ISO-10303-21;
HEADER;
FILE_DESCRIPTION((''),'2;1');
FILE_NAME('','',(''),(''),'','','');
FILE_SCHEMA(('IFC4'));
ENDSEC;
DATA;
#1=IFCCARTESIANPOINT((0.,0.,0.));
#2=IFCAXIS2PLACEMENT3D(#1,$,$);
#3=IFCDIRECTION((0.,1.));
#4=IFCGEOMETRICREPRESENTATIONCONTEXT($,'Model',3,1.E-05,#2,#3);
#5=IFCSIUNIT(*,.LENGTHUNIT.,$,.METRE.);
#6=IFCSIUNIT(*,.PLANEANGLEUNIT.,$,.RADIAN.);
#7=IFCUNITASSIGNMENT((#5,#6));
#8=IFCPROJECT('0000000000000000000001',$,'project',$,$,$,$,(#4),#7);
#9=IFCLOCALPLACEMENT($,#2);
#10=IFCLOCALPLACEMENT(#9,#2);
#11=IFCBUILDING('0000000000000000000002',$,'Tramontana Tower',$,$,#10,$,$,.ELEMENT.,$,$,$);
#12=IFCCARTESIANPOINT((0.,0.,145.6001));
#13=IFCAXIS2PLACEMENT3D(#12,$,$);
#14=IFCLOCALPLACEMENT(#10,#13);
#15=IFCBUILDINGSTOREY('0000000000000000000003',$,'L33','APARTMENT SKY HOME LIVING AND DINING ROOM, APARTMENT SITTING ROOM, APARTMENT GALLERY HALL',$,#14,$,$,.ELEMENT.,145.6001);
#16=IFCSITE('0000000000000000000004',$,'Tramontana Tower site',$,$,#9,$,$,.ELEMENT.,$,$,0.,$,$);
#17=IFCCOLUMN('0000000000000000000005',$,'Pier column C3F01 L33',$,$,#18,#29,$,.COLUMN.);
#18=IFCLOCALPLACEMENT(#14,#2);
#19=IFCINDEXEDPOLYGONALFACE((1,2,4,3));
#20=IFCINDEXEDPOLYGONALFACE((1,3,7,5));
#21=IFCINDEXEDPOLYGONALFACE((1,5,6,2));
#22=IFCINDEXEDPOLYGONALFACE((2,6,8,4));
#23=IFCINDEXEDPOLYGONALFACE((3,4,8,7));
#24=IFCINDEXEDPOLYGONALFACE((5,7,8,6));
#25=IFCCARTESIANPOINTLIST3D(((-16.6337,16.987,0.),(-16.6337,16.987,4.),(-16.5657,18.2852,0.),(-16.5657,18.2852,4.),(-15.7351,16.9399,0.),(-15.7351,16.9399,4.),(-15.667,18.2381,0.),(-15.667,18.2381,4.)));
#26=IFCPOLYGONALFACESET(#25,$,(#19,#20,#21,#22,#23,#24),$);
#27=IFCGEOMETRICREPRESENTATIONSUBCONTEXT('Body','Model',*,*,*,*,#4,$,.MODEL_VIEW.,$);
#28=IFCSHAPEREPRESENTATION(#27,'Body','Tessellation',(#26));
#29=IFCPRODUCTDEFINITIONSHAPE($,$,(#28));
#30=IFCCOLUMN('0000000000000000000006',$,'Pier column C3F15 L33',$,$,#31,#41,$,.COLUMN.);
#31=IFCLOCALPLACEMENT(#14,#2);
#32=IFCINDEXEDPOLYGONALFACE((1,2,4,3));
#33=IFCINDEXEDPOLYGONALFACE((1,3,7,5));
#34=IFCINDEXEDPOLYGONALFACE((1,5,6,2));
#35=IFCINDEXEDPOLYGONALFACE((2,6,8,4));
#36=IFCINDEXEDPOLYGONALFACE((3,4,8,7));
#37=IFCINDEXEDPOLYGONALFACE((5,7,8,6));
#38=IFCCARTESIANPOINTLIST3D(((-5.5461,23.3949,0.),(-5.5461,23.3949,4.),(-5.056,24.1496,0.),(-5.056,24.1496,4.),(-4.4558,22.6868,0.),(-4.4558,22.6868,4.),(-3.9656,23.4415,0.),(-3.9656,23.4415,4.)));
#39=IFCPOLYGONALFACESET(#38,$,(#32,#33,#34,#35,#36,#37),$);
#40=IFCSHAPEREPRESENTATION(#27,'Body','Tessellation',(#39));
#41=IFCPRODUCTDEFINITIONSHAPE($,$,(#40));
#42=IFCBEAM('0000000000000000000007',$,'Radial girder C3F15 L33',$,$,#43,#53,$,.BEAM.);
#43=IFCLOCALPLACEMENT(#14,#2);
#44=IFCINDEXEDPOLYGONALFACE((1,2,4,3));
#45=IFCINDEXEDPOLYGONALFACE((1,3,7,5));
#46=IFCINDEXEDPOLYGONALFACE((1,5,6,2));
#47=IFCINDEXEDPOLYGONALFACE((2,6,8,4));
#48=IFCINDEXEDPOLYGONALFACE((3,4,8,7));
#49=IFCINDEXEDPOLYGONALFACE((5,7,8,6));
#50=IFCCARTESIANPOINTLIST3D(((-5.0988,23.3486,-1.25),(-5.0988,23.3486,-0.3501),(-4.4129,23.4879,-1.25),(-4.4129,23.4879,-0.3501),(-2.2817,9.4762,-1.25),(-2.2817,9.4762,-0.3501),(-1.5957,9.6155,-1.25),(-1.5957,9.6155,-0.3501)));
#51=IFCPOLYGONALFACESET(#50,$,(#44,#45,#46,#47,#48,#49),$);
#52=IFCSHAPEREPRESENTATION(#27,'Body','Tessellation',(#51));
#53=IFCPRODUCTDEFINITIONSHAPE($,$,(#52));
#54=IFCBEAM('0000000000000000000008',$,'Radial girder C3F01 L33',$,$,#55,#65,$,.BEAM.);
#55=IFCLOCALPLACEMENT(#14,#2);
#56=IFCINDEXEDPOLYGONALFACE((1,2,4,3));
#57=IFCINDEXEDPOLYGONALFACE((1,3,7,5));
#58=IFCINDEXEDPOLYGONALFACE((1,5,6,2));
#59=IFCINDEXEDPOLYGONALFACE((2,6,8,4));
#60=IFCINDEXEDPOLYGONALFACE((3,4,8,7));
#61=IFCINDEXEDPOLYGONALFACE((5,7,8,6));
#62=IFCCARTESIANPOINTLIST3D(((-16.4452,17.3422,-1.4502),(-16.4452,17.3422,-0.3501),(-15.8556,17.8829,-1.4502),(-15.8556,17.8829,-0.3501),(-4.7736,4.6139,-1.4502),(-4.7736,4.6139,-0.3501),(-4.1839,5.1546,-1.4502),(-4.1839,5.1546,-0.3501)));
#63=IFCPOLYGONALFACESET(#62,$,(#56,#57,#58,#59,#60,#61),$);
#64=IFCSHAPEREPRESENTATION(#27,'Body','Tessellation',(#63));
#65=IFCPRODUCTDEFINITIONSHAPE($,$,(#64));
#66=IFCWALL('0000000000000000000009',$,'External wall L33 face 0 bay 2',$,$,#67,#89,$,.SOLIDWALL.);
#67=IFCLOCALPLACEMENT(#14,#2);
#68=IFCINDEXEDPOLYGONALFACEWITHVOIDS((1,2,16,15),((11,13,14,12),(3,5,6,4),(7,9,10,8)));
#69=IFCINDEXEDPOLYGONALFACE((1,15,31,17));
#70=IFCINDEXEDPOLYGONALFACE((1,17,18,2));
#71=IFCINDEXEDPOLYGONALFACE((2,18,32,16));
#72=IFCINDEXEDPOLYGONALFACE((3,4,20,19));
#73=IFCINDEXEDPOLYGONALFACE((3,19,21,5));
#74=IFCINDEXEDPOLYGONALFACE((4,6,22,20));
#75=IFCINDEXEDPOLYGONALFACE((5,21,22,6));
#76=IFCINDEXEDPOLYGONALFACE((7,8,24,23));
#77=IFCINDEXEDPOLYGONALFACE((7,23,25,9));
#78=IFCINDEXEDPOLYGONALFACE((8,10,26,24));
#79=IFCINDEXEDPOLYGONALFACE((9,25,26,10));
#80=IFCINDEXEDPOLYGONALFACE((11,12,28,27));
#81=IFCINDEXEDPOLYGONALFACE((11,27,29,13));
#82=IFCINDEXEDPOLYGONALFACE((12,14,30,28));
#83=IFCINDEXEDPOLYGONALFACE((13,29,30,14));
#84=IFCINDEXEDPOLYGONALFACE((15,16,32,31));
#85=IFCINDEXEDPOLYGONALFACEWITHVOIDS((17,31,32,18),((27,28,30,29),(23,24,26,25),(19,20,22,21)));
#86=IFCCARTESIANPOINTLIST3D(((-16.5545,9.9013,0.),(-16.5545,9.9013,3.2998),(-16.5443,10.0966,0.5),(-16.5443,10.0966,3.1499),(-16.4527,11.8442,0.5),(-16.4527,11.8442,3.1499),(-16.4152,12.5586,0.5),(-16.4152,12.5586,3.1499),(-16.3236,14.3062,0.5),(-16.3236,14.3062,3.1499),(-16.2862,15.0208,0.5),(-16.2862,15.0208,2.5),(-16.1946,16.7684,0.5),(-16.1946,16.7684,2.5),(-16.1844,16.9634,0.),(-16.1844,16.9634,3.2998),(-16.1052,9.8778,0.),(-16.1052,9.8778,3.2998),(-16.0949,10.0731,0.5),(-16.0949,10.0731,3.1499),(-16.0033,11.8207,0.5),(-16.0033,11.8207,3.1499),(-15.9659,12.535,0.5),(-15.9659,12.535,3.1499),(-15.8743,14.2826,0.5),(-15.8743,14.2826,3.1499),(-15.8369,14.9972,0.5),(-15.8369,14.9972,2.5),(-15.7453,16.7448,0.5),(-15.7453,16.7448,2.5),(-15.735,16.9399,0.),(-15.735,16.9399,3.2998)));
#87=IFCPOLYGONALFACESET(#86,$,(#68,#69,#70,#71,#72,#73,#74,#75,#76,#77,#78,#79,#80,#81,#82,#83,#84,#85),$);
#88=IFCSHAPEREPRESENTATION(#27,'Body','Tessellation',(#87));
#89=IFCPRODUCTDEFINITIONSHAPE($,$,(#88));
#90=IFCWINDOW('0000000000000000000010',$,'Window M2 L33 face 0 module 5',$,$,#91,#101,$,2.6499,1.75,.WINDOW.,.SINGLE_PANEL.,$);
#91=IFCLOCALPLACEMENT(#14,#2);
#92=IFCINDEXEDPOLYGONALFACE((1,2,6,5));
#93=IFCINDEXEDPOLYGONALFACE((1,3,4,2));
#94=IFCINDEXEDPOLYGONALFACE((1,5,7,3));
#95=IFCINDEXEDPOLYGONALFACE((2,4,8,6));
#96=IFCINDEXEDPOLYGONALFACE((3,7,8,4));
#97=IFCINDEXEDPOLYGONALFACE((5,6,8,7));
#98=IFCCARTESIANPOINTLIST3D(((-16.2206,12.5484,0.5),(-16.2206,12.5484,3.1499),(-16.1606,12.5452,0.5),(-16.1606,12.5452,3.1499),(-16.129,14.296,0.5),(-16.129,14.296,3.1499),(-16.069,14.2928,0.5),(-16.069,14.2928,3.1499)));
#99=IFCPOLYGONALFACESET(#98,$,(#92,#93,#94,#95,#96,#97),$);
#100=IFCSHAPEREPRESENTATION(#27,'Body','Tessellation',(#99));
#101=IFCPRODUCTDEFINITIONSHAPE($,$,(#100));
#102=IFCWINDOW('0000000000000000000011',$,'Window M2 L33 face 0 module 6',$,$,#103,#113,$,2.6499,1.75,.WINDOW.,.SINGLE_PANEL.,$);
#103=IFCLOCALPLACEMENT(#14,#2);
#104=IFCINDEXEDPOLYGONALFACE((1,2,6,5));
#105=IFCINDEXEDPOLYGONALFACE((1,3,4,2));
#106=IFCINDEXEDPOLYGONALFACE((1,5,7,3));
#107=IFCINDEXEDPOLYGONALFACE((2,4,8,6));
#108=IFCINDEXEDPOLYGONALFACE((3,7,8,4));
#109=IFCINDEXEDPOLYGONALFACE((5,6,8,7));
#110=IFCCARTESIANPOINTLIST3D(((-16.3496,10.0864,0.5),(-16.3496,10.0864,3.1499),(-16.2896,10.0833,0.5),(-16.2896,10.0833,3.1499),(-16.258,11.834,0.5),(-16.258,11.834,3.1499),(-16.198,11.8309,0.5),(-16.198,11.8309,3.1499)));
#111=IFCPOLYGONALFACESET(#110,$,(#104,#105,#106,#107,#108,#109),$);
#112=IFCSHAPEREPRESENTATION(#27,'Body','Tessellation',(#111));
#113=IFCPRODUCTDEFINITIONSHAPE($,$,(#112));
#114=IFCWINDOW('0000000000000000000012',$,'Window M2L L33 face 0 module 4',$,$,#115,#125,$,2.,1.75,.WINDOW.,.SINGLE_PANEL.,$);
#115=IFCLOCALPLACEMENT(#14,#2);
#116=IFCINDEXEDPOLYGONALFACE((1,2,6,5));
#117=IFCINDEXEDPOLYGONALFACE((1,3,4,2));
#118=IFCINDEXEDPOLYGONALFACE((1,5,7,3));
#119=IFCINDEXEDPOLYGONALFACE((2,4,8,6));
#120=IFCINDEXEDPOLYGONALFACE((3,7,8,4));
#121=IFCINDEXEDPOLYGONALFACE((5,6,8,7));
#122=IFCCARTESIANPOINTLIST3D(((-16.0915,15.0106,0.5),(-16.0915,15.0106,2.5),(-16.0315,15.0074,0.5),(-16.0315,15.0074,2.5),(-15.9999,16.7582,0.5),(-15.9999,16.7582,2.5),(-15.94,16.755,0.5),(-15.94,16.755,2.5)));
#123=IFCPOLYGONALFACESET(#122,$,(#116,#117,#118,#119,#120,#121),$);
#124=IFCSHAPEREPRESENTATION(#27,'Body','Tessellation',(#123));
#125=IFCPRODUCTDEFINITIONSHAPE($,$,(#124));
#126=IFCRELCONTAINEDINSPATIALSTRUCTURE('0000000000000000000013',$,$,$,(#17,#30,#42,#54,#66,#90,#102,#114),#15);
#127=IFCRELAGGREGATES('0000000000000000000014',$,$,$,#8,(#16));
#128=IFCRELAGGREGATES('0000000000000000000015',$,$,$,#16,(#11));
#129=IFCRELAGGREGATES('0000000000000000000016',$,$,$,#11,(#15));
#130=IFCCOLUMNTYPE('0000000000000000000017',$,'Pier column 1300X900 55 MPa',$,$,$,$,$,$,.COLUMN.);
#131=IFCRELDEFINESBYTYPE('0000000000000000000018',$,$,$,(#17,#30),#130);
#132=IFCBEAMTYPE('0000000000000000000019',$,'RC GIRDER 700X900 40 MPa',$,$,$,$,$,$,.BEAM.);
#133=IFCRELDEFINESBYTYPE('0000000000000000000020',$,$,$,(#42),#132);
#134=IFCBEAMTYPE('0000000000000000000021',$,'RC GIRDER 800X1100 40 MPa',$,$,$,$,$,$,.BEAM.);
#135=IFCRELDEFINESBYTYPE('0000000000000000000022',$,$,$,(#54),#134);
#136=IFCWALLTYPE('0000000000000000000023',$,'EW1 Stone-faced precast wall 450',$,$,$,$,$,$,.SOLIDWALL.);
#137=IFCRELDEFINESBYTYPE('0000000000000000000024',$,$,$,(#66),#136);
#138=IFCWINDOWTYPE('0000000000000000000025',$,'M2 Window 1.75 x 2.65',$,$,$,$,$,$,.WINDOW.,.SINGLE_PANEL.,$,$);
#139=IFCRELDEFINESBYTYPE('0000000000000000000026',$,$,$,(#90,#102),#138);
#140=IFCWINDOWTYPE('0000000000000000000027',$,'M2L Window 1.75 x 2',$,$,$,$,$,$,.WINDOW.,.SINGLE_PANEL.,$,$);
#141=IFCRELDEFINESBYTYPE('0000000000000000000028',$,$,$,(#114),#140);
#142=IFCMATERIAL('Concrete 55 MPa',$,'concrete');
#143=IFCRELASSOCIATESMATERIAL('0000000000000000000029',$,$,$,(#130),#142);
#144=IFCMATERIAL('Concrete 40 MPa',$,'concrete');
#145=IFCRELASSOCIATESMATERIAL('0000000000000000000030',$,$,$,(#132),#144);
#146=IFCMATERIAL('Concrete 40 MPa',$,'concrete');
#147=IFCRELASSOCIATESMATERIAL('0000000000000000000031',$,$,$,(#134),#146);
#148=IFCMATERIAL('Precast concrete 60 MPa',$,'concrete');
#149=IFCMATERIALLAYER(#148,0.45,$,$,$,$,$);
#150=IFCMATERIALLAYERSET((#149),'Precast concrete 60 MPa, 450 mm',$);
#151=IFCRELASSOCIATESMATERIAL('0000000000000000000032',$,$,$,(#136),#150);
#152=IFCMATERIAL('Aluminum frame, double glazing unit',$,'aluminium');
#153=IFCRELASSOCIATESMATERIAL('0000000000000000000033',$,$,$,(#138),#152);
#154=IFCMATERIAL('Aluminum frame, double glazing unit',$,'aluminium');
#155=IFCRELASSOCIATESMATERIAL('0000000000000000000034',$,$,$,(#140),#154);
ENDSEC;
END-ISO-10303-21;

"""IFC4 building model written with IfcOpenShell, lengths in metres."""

from ifc_helpers import new_model, si_unit, direction, frame, frame_2d, origin, origin_2d, place, context, subcontext, project, spatial, rectangle, extrude, material, layer, layer_set, material_profile, profile_set, type_object, element, fill, save


model = new_model("IFC4")

# Units and contexts
model_context = context("Model", 3, precision=1e-05, world=origin(), true_north=direction((0.0, 1.0)))
body_context = subcontext(model_context, "Body", "Model", "MODEL_VIEW")
ifc_project = project(units=[si_unit("LENGTHUNIT", "METRE"), si_unit("PLANEANGLEUNIT", "RADIAN")], contexts=[model_context])

# Site, building, storey
site_placement = place(None, origin())
site = spatial("IfcSite", under=ifc_project, at=site_placement, Name="Tramontana Tower site", CompositionType="ELEMENT", RefElevation=0.0)
building_placement = place(site_placement, origin())
building = spatial("IfcBuilding", under=site, at=building_placement, Name="Tramontana Tower", CompositionType="ELEMENT")
storey_placement = place(building_placement, frame((0.0, 0.0, 145.6001)))
storey = spatial("IfcBuildingStorey", under=building, at=storey_placement, Name="L33", Description="APARTMENT SKY HOME LIVING AND DINING ROOM, APARTMENT SITTING ROOM, APARTMENT GALLERY HALL", CompositionType="ELEMENT", Elevation=145.6001)

# Columns
ifc_material_1 = material(Name="Concrete 55 MPa", Category="concrete")
ifc_material_profile_1 = material_profile(ifc_material_1, rectangle(XDim=1.3, YDim=0.8999, at=origin_2d()), Name="Pier column 1300X900 55 MPa")
ifc_profile_set_1 = profile_set([ifc_material_profile_1], Name="Concrete 55 MPa")
column_type = type_object("IfcColumnType", Name="Pier column 1300X900 55 MPa", PredefinedType="COLUMN", material=ifc_profile_set_1)
for number, where, z_axis, x_axis, name in (
    (1, (-16.1504, 17.6125, 0.0), (0.0, 0.0, 1.0), (-0.052336, -0.99863, 0.0), "Pier column C3F01 L33"),
    (2, (-4.7559, 23.4182, 0.0), (0.0, 0.0, 1.0), (-0.838671, 0.544639, 0.0), "Pier column C3F15 L33"),
):
    element("IfcColumn", number, at=place(storey_placement, frame(where, z_axis=z_axis, x_axis=x_axis)), inside=storey, type_object=column_type, Name=name, PredefinedType="COLUMN", context=body_context, shape_type="SweptSolid", body=[
        extrude(rectangle(XDim=1.3, YDim=0.8999, at=origin_2d()), origin(), (0.0, 0.0, 1.0), 4.0),
    ])

# Beams
ifc_material_2 = material(Name="Concrete 40 MPa", Category="concrete")
ifc_material_profile_2 = material_profile(ifc_material_2, rectangle(XDim=0.7, YDim=0.8999, at=origin_2d()), Name="RC GIRDER 700X900 40 MPa")
ifc_profile_set_2 = profile_set([ifc_material_profile_2], Name="Concrete 40 MPa")
beam_type_1 = type_object("IfcBeamType", Name="RC GIRDER 700X900 40 MPa", PredefinedType="BEAM", material=ifc_profile_set_2)
beam_1_placement = place(storey_placement, frame((-4.7559, 23.4182, -0.8), z_axis=(0.199014, -0.979997, 0.0), x_axis=(0.979997, 0.199014, 0.0)))
element("IfcBeam", 3, at=beam_1_placement, inside=storey, type_object=beam_type_1, Name="Radial girder C3F15 L33", PredefinedType="BEAM", context=body_context, shape_type="SweptSolid", body=[
    extrude(rectangle(XDim=0.7, YDim=0.8999, at=origin_2d()), origin(), (0.0, 0.0, 1.0), 14.1555),
])
ifc_material_3 = material(Name="Concrete 40 MPa", Category="concrete")
ifc_material_profile_3 = material_profile(ifc_material_3, rectangle(XDim=0.8, YDim=1.1001, at=origin_2d()), Name="RC GIRDER 800X1100 40 MPa")
ifc_profile_set_3 = profile_set([ifc_material_profile_3], Name="Concrete 40 MPa")
beam_type_2 = type_object("IfcBeamType", Name="RC GIRDER 800X1100 40 MPa", PredefinedType="BEAM", material=ifc_profile_set_3)
beam_2_placement = place(storey_placement, frame((-16.1504, 17.6125, -0.9001), z_axis=(0.675852, -0.737037, 0.0), x_axis=(0.737037, 0.675852, 0.0)))
element("IfcBeam", 4, at=beam_2_placement, inside=storey, type_object=beam_type_2, Name="Radial girder C3F01 L33", PredefinedType="BEAM", context=body_context, shape_type="SweptSolid", body=[
    extrude(rectangle(XDim=0.8, YDim=1.1001, at=origin_2d()), origin(), (0.0, 0.0, 1.0), 17.2695),
])

# Wall, openings, windows
ifc_material_4 = material(Name="Precast concrete 60 MPa", Category="concrete")
ifc_layer_1 = layer(ifc_material_4, 0.45)
ifc_layer_set_1 = layer_set([ifc_layer_1], Name="Precast concrete 60 MPa, 450 mm")
wall_type_1 = type_object("IfcWallType", Name="EW1 Stone-faced precast wall 450", PredefinedType="SOLIDWALL", material=ifc_layer_set_1)
wall_1_placement = place(storey_placement, frame((-15.9597, 16.9517, 0.0), z_axis=(0.0, 0.0, 1.0), x_axis=(-0.052338, -0.998629, 0.0)))
wall_1 = element("IfcWall", 5, at=wall_1_placement, inside=storey, type_object=wall_type_1, Name="External wall L33 face 0 bay 2", PredefinedType="SOLIDWALL", context=body_context, shape_type="SweptSolid", body=[
    extrude(rectangle(XDim=7.0718, YDim=0.45, at=frame_2d((3.5359, 0.0))), origin(), (0.0, 0.0, 1.0), 3.2998),
])
opening_1_placement = place(wall_1_placement, frame((0.1953, 0.0, 0.5)))
opening_1 = element("IfcOpeningElement", 6, at=opening_1_placement, cuts=wall_1, PredefinedType="OPENING", context=body_context, shape_type="SweptSolid", body=[
    extrude(rectangle(XDim=1.75, YDim=2.0, at=frame_2d((0.875, 1.0))), frame((0.0, 0.2349, 0.0), z_axis=(0.0, -1.0, 0.0), x_axis=(1.0, 0.0, 0.0)), (0.0, 0.0, 1.0), 0.47),
])
opening_2_placement = place(wall_1_placement, frame((2.6609, 0.0, 0.5)))
opening_2 = element("IfcOpeningElement", 7, at=opening_2_placement, cuts=wall_1, PredefinedType="OPENING", context=body_context, shape_type="SweptSolid", body=[
    extrude(rectangle(XDim=1.75, YDim=2.6499, at=frame_2d((0.875, 1.325))), frame((0.0, 0.2349, 0.0), z_axis=(0.0, -1.0, 0.0), x_axis=(1.0, 0.0, 0.0)), (0.0, 0.0, 1.0), 0.47),
])
opening_3_placement = place(wall_1_placement, frame((5.1262, 0.0, 0.5)))
opening_3 = element("IfcOpeningElement", 8, at=opening_3_placement, cuts=wall_1, PredefinedType="OPENING", context=body_context, shape_type="SweptSolid", body=[
    extrude(rectangle(XDim=1.75, YDim=2.6499, at=frame_2d((0.875, 1.325))), frame((0.0, 0.2349, 0.0), z_axis=(0.0, -1.0, 0.0), x_axis=(1.0, 0.0, 0.0)), (0.0, 0.0, 1.0), 0.47),
])
ifc_material_5 = material(Name="Aluminum frame, double glazing unit", Category="aluminium")
window_type_1 = type_object("IfcWindowType", Name="M2 Window 1.75 x 2.65", PartitioningType="SINGLE_PANEL", PredefinedType="WINDOW", material=ifc_material_5)
window_1_placement = place(opening_2_placement, origin())
window_1 = element("IfcWindow", 9, at=window_1_placement, inside=storey, type_object=window_type_1, Name="Window M2 L33 face 0 module 5", OverallHeight=2.6499, OverallWidth=1.75, PartitioningType="SINGLE_PANEL", PredefinedType="WINDOW", context=body_context, shape_type="SweptSolid", body=[
    extrude(rectangle(XDim=1.75, YDim=2.6499, at=frame_2d((0.875, 1.325))), frame((0.0, 0.03, 0.0), z_axis=(0.0, -1.0, 0.0), x_axis=(1.0, 0.0, 0.0)), (0.0, 0.0, 1.0), 0.0601),
])
fill(opening_2, window_1)
window_2_placement = place(opening_3_placement, origin())
window_2 = element("IfcWindow", 10, at=window_2_placement, inside=storey, type_object=window_type_1, Name="Window M2 L33 face 0 module 6", OverallHeight=2.6499, OverallWidth=1.75, PartitioningType="SINGLE_PANEL", PredefinedType="WINDOW", context=body_context, shape_type="SweptSolid", body=[
    extrude(rectangle(XDim=1.75, YDim=2.6499, at=frame_2d((0.875, 1.325))), frame((0.0, 0.03, 0.0), z_axis=(0.0, -1.0, 0.0), x_axis=(1.0, 0.0, 0.0)), (0.0, 0.0, 1.0), 0.0601),
])
fill(opening_3, window_2)
ifc_material_6 = material(Name="Aluminum frame, double glazing unit", Category="aluminium")
window_type_2 = type_object("IfcWindowType", Name="M2L Window 1.75 x 2", PartitioningType="SINGLE_PANEL", PredefinedType="WINDOW", material=ifc_material_6)
window_3_placement = place(opening_1_placement, origin())
window_3 = element("IfcWindow", 11, at=window_3_placement, inside=storey, type_object=window_type_2, Name="Window M2L L33 face 0 module 4", OverallHeight=2.0, OverallWidth=1.75, PartitioningType="SINGLE_PANEL", PredefinedType="WINDOW", context=body_context, shape_type="SweptSolid", body=[
    extrude(rectangle(XDim=1.75, YDim=2.0, at=frame_2d((0.875, 1.0))), frame((0.0, 0.03, 0.0), z_axis=(0.0, -1.0, 0.0), x_axis=(1.0, 0.0, 0.0)), (0.0, 0.0, 1.0), 0.0601),
])
fill(opening_1, window_3)

save(model, "model.ifc")
